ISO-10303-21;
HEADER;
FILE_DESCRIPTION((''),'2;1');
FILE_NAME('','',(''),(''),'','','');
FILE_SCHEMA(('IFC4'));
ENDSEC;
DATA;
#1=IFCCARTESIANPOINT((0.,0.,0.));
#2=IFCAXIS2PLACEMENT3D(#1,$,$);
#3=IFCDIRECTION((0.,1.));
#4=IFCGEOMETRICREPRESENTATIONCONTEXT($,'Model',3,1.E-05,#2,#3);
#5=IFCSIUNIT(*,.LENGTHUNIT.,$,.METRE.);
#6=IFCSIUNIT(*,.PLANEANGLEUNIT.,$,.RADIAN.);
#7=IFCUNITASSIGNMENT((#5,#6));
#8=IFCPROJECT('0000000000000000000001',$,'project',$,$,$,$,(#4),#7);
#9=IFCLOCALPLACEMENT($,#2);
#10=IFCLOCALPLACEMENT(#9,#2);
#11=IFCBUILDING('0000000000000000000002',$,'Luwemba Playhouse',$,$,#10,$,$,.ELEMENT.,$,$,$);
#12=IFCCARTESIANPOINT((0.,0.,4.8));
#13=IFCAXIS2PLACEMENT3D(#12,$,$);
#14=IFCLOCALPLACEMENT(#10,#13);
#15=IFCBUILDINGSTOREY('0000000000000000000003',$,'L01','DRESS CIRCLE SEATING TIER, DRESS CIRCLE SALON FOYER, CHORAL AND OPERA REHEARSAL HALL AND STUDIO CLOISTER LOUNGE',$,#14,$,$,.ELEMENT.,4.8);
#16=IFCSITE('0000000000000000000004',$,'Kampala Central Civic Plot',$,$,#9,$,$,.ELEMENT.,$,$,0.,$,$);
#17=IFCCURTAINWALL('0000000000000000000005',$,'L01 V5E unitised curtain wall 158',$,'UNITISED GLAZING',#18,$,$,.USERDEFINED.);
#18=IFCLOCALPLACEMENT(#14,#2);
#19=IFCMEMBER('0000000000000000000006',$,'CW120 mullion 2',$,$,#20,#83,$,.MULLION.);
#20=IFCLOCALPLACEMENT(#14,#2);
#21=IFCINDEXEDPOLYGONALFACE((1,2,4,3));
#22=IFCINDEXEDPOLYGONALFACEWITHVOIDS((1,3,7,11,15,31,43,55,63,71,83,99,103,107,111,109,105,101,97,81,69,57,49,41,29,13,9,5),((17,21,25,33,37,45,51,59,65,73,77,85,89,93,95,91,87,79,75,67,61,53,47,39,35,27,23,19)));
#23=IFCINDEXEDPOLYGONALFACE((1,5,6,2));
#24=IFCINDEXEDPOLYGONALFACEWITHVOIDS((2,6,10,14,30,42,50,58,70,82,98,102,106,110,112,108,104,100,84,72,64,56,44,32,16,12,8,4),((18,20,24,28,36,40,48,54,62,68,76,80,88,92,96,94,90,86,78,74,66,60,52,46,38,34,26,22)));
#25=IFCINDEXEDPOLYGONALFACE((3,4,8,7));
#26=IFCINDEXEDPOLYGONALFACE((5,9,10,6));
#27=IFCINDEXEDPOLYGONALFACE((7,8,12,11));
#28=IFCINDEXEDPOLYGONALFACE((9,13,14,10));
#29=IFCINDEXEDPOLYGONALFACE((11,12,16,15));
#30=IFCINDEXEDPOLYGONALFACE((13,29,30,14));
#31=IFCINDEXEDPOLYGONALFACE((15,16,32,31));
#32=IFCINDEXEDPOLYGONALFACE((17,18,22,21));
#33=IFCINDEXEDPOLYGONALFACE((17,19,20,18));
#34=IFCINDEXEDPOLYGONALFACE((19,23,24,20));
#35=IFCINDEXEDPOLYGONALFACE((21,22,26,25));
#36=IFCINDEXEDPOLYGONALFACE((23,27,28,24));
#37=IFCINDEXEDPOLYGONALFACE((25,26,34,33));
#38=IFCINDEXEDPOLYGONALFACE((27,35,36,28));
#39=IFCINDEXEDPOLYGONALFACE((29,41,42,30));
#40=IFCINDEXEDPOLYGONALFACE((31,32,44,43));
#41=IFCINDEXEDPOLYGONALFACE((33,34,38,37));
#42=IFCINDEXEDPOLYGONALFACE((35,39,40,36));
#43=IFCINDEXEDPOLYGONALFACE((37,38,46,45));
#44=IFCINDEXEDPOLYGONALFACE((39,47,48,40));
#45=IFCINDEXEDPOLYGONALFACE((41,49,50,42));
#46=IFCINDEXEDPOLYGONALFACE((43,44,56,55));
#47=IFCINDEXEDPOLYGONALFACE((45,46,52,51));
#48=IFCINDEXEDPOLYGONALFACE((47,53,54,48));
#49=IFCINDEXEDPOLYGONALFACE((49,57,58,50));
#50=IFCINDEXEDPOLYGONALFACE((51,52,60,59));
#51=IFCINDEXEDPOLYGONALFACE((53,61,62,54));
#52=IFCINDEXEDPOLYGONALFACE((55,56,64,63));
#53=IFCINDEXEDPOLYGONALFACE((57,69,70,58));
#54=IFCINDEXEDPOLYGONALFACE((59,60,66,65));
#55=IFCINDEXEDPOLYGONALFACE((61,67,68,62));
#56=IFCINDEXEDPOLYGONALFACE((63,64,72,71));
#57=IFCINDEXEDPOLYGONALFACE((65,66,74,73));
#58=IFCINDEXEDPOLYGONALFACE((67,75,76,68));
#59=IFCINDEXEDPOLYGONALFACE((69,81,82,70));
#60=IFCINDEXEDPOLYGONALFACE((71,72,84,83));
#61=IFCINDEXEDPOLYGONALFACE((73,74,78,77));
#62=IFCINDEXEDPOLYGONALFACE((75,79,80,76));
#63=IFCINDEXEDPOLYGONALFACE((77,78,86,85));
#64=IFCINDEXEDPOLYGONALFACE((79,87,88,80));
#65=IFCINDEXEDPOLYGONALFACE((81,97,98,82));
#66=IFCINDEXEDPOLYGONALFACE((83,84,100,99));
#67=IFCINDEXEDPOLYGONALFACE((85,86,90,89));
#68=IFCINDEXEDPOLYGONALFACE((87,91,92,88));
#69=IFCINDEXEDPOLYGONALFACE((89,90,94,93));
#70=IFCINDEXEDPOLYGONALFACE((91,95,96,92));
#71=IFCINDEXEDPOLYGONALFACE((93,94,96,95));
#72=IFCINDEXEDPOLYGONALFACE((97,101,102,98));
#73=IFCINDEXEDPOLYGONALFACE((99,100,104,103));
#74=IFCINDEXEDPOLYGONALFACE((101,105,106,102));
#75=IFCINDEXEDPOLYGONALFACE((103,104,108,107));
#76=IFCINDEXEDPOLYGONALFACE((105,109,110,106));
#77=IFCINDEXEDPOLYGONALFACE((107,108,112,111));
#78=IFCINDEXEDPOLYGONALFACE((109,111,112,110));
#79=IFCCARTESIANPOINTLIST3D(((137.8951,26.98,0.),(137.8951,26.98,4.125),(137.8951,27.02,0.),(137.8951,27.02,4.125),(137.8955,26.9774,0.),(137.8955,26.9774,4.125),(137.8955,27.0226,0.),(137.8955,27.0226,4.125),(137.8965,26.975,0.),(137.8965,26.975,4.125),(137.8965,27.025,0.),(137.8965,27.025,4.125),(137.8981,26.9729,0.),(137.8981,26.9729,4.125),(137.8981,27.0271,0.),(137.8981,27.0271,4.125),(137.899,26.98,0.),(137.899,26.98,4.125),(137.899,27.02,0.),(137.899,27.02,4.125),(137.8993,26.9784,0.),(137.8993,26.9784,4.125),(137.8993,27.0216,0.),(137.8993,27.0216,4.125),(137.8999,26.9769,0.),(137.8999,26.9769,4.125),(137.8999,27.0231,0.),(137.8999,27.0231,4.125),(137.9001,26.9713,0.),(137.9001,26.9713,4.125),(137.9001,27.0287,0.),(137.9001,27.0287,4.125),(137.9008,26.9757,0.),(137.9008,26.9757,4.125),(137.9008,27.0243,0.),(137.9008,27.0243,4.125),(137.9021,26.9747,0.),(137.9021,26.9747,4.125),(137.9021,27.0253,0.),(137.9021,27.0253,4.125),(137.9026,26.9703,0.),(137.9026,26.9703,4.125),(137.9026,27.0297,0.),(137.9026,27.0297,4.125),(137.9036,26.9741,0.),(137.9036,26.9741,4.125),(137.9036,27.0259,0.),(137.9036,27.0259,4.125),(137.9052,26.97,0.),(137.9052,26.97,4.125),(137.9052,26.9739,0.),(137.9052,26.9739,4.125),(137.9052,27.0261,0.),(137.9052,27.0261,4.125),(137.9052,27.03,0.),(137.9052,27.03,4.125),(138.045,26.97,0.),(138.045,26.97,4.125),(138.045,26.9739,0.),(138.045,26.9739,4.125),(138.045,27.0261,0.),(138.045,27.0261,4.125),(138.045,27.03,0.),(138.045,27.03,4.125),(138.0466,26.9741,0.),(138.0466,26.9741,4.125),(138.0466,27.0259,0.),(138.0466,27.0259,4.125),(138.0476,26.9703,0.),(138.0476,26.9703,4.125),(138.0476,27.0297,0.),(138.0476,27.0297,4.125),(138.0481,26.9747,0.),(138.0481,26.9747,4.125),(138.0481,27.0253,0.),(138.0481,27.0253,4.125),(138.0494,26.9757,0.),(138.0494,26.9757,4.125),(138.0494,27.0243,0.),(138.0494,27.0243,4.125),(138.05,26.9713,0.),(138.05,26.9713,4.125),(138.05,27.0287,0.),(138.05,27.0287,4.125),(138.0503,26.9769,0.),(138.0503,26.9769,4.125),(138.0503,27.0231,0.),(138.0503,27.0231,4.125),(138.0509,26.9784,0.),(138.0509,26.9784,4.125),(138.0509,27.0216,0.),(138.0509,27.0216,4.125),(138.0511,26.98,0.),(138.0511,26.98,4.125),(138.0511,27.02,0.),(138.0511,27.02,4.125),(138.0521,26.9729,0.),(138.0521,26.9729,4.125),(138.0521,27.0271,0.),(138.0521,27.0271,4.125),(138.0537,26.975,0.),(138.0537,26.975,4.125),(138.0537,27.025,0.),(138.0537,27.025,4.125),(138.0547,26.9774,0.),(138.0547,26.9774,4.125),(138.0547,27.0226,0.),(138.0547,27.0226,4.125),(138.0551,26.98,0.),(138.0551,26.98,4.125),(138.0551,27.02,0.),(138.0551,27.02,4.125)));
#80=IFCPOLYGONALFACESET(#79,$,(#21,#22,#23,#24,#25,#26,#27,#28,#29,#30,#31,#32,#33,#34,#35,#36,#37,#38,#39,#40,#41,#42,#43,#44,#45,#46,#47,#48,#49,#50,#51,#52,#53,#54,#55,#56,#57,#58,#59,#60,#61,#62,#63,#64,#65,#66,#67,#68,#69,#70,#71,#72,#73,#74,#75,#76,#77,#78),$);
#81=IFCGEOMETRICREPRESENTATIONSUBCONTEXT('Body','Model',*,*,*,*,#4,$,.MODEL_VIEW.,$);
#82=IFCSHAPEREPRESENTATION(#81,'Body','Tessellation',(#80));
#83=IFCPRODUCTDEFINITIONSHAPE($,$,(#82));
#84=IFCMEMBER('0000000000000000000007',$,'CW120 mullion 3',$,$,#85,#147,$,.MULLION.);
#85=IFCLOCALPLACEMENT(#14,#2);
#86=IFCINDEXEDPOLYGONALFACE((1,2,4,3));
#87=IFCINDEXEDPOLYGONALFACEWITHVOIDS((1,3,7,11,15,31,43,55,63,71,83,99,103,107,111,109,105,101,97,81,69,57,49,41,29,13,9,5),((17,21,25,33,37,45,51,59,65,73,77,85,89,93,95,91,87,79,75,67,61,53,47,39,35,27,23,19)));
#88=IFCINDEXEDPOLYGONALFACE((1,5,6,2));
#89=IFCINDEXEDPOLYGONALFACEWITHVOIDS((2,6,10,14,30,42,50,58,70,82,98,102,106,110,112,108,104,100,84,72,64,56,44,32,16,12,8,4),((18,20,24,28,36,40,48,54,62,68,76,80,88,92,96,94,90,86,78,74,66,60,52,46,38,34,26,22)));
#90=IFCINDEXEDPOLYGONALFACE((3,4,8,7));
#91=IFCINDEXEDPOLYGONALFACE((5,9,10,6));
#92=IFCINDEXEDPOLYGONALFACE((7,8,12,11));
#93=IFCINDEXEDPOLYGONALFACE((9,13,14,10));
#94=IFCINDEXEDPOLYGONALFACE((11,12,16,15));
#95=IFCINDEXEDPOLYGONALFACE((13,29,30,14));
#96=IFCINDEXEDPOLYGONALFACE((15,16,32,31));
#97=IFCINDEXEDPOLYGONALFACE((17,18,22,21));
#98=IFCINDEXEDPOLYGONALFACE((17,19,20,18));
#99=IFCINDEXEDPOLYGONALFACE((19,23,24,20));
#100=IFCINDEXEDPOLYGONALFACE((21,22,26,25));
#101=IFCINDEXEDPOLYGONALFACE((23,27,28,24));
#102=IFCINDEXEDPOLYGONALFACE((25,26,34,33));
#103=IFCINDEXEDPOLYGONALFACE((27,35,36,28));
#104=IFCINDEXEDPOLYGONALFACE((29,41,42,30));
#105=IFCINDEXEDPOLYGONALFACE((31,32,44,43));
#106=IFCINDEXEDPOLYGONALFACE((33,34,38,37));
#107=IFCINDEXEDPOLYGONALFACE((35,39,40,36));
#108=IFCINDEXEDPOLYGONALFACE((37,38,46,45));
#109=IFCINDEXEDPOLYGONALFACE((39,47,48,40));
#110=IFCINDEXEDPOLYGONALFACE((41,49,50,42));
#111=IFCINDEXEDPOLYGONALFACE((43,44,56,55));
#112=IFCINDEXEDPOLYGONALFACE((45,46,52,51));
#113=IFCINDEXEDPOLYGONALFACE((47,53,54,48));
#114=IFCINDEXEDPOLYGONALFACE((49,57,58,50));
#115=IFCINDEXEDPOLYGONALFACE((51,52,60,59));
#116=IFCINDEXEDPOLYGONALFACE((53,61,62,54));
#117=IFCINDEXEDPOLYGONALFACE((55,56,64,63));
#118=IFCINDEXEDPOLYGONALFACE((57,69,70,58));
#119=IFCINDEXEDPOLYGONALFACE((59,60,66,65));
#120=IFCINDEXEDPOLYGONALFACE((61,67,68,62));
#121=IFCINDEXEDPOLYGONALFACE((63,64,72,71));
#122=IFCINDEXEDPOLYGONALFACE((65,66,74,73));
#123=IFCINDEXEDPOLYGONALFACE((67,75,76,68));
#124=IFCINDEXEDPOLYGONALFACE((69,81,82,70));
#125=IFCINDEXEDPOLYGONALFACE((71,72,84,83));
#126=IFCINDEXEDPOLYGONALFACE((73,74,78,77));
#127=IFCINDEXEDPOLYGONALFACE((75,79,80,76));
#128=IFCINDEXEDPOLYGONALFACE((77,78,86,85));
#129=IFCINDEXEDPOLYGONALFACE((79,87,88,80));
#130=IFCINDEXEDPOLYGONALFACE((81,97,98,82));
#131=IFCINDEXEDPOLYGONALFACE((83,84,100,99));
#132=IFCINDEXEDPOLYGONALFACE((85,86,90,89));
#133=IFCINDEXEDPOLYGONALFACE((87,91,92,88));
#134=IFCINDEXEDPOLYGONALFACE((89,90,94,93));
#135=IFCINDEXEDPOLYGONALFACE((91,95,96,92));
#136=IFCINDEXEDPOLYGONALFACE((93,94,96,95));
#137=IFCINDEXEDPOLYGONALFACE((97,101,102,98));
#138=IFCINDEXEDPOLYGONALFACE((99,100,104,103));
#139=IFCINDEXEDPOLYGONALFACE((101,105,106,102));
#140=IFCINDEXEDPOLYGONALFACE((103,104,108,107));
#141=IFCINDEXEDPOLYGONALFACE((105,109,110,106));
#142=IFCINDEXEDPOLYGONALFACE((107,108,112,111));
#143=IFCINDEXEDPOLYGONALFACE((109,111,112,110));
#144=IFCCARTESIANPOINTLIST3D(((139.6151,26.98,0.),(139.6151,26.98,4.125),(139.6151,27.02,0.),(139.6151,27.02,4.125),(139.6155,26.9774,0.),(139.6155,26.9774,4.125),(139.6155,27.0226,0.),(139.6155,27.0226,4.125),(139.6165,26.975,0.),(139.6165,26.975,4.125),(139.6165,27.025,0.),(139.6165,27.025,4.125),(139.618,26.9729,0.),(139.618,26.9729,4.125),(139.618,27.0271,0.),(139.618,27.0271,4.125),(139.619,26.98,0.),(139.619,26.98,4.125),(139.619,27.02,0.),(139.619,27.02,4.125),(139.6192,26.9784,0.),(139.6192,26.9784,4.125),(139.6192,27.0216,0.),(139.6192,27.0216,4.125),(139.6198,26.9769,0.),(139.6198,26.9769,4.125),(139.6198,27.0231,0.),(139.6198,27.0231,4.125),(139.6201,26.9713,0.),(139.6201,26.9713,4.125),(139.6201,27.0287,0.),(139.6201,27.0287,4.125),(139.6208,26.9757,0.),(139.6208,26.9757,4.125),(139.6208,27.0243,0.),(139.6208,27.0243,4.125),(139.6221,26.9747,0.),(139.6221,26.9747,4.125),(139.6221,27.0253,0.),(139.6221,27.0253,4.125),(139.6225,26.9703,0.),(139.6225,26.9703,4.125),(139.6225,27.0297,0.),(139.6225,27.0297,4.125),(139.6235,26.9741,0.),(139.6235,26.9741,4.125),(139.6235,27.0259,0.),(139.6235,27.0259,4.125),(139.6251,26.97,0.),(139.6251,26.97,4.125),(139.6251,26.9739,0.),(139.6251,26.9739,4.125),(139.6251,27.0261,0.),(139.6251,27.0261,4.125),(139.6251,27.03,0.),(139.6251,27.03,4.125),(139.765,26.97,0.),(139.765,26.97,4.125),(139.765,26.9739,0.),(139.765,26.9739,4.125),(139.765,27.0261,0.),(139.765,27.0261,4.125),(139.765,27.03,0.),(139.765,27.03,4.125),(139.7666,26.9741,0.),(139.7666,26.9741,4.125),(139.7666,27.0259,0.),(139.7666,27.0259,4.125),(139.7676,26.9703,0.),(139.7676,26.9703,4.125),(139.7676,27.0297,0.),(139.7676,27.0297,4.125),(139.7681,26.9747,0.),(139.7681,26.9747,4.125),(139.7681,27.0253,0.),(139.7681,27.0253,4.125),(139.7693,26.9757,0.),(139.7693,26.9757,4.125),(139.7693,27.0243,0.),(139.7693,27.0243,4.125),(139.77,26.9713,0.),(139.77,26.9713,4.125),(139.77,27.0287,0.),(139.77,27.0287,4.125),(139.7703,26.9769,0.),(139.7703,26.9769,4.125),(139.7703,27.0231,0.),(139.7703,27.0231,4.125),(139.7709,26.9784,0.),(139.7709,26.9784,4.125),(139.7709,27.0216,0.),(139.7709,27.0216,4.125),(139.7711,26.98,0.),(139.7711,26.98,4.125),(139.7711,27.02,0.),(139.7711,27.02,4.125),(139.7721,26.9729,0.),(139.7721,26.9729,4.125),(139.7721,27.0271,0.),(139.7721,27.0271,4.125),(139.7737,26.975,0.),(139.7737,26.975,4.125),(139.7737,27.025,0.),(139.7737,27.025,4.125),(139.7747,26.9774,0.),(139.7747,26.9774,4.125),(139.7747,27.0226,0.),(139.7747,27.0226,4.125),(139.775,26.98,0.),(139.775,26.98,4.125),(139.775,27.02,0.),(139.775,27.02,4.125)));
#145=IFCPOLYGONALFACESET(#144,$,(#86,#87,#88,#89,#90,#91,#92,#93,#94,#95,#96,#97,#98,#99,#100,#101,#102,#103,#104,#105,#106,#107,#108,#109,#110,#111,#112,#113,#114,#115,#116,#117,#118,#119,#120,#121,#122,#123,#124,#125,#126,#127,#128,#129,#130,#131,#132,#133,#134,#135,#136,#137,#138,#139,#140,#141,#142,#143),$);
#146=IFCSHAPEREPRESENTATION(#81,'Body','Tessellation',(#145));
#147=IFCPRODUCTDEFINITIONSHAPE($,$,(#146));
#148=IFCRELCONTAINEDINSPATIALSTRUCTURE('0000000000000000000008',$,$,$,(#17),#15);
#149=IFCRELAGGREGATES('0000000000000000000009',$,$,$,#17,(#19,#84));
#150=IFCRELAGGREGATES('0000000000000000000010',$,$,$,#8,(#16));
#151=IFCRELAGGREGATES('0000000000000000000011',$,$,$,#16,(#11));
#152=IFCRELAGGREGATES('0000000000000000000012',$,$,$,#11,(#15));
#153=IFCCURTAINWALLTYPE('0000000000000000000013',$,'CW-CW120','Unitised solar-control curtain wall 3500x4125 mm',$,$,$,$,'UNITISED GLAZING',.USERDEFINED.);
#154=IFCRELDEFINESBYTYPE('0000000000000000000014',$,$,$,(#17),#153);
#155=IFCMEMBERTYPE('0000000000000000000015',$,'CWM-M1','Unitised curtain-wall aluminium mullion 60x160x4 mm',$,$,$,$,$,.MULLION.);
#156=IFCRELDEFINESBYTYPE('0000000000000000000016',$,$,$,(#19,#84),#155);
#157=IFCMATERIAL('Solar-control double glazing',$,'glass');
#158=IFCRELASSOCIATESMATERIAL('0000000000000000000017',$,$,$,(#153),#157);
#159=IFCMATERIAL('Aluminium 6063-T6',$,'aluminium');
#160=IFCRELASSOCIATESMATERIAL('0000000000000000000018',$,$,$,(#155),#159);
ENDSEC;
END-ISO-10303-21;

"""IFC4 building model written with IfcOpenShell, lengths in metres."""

from ifc_helpers import new_model, si_unit, direction, frame, origin, origin_2d, place, context, subcontext, project, spatial, hollow_rectangle, extrude, material, material_profile, profile_set, type_object, element, aggregate, save


model = new_model("IFC4")

# Units and contexts
model_context = context("Model", 3, precision=1e-05, world=origin(), true_north=direction((0.0, 1.0)))
body_context = subcontext(model_context, "Body", "Model", "MODEL_VIEW")
ifc_project = project(units=[si_unit("LENGTHUNIT", "METRE"), si_unit("PLANEANGLEUNIT", "RADIAN")], contexts=[model_context])

# Site, building, storey
site_placement = place(None, origin())
site = spatial("IfcSite", under=ifc_project, at=site_placement, Name="Kampala Central Civic Plot", CompositionType="ELEMENT", RefElevation=0.0)
building_placement = place(site_placement, origin())
building = spatial("IfcBuilding", under=site, at=building_placement, Name="Luwemba Playhouse", CompositionType="ELEMENT")
storey_placement = place(building_placement, frame((0.0, 0.0, 4.8)))
storey = spatial("IfcBuildingStorey", under=building, at=storey_placement, Name="L01", Description="DRESS CIRCLE SEATING TIER, DRESS CIRCLE SALON FOYER, CHORAL AND OPERA REHEARSAL HALL AND STUDIO CLOISTER LOUNGE", CompositionType="ELEMENT", Elevation=4.8)

# Curtain wall, members
ifc_material_1 = material(Name="Solar-control double glazing", Category="glass")
curtain_wall_type_1 = type_object("IfcCurtainWallType", Name="CW-CW120", Description="Unitised solar-control curtain wall 3500x4125 mm", ElementType="UNITISED GLAZING", PredefinedType="USERDEFINED", material=ifc_material_1)
curtain_wall_1_placement = place(storey_placement, origin())
curtain_wall_1 = element("IfcCurtainWall", 1, at=curtain_wall_1_placement, inside=storey, type_object=curtain_wall_type_1, Name="L01 V5E unitised curtain wall 158", ObjectType="UNITISED GLAZING", PredefinedType="USERDEFINED")
ifc_material_2 = material(Name="Aluminium 6063-T6", Category="aluminium")
ifc_material_profile_1 = material_profile(ifc_material_2, hollow_rectangle(XDim=0.0601, YDim=0.1599, WallThickness=0.0039, InnerFilletRadius=0.0061, OuterFilletRadius=0.01, at=origin_2d()))
ifc_profile_set_1 = profile_set([ifc_material_profile_1], Name="Aluminium 6063-T6")
member_type_1 = type_object("IfcMemberType", Name="CWM-M1", Description="Unitised curtain-wall aluminium mullion 60x160x4 mm", PredefinedType="MULLION", material=ifc_profile_set_1)
member_1_placement = place(storey_placement, frame((137.9751, 27.0, 0.0), z_axis=(0.0, 0.0, 1.0), x_axis=(0.0, 1.0, 0.0)))
member_1 = element("IfcMember", 2, at=member_1_placement, type_object=member_type_1, Name="CW120 mullion 2", PredefinedType="MULLION", context=body_context, shape_type="SweptSolid", body=[
    extrude(hollow_rectangle(XDim=0.0601, YDim=0.1599, WallThickness=0.0039, InnerFilletRadius=0.0061, OuterFilletRadius=0.01, at=origin_2d()), origin(), (0.0, 0.0, 1.0), 4.125),
])
member_2_placement = place(storey_placement, frame((139.6951, 27.0, 0.0), z_axis=(0.0, 0.0, 1.0), x_axis=(0.0, 1.0, 0.0)))
member_2 = element("IfcMember", 3, at=member_2_placement, type_object=member_type_1, Name="CW120 mullion 3", PredefinedType="MULLION", context=body_context, shape_type="SweptSolid", body=[
    extrude(hollow_rectangle(XDim=0.0601, YDim=0.1599, WallThickness=0.0039, InnerFilletRadius=0.0061, OuterFilletRadius=0.01, at=origin_2d()), origin(), (0.0, 0.0, 1.0), 4.125),
])

aggregate(curtain_wall_1, [member_1, member_2])

save(model, "model.ifc")
